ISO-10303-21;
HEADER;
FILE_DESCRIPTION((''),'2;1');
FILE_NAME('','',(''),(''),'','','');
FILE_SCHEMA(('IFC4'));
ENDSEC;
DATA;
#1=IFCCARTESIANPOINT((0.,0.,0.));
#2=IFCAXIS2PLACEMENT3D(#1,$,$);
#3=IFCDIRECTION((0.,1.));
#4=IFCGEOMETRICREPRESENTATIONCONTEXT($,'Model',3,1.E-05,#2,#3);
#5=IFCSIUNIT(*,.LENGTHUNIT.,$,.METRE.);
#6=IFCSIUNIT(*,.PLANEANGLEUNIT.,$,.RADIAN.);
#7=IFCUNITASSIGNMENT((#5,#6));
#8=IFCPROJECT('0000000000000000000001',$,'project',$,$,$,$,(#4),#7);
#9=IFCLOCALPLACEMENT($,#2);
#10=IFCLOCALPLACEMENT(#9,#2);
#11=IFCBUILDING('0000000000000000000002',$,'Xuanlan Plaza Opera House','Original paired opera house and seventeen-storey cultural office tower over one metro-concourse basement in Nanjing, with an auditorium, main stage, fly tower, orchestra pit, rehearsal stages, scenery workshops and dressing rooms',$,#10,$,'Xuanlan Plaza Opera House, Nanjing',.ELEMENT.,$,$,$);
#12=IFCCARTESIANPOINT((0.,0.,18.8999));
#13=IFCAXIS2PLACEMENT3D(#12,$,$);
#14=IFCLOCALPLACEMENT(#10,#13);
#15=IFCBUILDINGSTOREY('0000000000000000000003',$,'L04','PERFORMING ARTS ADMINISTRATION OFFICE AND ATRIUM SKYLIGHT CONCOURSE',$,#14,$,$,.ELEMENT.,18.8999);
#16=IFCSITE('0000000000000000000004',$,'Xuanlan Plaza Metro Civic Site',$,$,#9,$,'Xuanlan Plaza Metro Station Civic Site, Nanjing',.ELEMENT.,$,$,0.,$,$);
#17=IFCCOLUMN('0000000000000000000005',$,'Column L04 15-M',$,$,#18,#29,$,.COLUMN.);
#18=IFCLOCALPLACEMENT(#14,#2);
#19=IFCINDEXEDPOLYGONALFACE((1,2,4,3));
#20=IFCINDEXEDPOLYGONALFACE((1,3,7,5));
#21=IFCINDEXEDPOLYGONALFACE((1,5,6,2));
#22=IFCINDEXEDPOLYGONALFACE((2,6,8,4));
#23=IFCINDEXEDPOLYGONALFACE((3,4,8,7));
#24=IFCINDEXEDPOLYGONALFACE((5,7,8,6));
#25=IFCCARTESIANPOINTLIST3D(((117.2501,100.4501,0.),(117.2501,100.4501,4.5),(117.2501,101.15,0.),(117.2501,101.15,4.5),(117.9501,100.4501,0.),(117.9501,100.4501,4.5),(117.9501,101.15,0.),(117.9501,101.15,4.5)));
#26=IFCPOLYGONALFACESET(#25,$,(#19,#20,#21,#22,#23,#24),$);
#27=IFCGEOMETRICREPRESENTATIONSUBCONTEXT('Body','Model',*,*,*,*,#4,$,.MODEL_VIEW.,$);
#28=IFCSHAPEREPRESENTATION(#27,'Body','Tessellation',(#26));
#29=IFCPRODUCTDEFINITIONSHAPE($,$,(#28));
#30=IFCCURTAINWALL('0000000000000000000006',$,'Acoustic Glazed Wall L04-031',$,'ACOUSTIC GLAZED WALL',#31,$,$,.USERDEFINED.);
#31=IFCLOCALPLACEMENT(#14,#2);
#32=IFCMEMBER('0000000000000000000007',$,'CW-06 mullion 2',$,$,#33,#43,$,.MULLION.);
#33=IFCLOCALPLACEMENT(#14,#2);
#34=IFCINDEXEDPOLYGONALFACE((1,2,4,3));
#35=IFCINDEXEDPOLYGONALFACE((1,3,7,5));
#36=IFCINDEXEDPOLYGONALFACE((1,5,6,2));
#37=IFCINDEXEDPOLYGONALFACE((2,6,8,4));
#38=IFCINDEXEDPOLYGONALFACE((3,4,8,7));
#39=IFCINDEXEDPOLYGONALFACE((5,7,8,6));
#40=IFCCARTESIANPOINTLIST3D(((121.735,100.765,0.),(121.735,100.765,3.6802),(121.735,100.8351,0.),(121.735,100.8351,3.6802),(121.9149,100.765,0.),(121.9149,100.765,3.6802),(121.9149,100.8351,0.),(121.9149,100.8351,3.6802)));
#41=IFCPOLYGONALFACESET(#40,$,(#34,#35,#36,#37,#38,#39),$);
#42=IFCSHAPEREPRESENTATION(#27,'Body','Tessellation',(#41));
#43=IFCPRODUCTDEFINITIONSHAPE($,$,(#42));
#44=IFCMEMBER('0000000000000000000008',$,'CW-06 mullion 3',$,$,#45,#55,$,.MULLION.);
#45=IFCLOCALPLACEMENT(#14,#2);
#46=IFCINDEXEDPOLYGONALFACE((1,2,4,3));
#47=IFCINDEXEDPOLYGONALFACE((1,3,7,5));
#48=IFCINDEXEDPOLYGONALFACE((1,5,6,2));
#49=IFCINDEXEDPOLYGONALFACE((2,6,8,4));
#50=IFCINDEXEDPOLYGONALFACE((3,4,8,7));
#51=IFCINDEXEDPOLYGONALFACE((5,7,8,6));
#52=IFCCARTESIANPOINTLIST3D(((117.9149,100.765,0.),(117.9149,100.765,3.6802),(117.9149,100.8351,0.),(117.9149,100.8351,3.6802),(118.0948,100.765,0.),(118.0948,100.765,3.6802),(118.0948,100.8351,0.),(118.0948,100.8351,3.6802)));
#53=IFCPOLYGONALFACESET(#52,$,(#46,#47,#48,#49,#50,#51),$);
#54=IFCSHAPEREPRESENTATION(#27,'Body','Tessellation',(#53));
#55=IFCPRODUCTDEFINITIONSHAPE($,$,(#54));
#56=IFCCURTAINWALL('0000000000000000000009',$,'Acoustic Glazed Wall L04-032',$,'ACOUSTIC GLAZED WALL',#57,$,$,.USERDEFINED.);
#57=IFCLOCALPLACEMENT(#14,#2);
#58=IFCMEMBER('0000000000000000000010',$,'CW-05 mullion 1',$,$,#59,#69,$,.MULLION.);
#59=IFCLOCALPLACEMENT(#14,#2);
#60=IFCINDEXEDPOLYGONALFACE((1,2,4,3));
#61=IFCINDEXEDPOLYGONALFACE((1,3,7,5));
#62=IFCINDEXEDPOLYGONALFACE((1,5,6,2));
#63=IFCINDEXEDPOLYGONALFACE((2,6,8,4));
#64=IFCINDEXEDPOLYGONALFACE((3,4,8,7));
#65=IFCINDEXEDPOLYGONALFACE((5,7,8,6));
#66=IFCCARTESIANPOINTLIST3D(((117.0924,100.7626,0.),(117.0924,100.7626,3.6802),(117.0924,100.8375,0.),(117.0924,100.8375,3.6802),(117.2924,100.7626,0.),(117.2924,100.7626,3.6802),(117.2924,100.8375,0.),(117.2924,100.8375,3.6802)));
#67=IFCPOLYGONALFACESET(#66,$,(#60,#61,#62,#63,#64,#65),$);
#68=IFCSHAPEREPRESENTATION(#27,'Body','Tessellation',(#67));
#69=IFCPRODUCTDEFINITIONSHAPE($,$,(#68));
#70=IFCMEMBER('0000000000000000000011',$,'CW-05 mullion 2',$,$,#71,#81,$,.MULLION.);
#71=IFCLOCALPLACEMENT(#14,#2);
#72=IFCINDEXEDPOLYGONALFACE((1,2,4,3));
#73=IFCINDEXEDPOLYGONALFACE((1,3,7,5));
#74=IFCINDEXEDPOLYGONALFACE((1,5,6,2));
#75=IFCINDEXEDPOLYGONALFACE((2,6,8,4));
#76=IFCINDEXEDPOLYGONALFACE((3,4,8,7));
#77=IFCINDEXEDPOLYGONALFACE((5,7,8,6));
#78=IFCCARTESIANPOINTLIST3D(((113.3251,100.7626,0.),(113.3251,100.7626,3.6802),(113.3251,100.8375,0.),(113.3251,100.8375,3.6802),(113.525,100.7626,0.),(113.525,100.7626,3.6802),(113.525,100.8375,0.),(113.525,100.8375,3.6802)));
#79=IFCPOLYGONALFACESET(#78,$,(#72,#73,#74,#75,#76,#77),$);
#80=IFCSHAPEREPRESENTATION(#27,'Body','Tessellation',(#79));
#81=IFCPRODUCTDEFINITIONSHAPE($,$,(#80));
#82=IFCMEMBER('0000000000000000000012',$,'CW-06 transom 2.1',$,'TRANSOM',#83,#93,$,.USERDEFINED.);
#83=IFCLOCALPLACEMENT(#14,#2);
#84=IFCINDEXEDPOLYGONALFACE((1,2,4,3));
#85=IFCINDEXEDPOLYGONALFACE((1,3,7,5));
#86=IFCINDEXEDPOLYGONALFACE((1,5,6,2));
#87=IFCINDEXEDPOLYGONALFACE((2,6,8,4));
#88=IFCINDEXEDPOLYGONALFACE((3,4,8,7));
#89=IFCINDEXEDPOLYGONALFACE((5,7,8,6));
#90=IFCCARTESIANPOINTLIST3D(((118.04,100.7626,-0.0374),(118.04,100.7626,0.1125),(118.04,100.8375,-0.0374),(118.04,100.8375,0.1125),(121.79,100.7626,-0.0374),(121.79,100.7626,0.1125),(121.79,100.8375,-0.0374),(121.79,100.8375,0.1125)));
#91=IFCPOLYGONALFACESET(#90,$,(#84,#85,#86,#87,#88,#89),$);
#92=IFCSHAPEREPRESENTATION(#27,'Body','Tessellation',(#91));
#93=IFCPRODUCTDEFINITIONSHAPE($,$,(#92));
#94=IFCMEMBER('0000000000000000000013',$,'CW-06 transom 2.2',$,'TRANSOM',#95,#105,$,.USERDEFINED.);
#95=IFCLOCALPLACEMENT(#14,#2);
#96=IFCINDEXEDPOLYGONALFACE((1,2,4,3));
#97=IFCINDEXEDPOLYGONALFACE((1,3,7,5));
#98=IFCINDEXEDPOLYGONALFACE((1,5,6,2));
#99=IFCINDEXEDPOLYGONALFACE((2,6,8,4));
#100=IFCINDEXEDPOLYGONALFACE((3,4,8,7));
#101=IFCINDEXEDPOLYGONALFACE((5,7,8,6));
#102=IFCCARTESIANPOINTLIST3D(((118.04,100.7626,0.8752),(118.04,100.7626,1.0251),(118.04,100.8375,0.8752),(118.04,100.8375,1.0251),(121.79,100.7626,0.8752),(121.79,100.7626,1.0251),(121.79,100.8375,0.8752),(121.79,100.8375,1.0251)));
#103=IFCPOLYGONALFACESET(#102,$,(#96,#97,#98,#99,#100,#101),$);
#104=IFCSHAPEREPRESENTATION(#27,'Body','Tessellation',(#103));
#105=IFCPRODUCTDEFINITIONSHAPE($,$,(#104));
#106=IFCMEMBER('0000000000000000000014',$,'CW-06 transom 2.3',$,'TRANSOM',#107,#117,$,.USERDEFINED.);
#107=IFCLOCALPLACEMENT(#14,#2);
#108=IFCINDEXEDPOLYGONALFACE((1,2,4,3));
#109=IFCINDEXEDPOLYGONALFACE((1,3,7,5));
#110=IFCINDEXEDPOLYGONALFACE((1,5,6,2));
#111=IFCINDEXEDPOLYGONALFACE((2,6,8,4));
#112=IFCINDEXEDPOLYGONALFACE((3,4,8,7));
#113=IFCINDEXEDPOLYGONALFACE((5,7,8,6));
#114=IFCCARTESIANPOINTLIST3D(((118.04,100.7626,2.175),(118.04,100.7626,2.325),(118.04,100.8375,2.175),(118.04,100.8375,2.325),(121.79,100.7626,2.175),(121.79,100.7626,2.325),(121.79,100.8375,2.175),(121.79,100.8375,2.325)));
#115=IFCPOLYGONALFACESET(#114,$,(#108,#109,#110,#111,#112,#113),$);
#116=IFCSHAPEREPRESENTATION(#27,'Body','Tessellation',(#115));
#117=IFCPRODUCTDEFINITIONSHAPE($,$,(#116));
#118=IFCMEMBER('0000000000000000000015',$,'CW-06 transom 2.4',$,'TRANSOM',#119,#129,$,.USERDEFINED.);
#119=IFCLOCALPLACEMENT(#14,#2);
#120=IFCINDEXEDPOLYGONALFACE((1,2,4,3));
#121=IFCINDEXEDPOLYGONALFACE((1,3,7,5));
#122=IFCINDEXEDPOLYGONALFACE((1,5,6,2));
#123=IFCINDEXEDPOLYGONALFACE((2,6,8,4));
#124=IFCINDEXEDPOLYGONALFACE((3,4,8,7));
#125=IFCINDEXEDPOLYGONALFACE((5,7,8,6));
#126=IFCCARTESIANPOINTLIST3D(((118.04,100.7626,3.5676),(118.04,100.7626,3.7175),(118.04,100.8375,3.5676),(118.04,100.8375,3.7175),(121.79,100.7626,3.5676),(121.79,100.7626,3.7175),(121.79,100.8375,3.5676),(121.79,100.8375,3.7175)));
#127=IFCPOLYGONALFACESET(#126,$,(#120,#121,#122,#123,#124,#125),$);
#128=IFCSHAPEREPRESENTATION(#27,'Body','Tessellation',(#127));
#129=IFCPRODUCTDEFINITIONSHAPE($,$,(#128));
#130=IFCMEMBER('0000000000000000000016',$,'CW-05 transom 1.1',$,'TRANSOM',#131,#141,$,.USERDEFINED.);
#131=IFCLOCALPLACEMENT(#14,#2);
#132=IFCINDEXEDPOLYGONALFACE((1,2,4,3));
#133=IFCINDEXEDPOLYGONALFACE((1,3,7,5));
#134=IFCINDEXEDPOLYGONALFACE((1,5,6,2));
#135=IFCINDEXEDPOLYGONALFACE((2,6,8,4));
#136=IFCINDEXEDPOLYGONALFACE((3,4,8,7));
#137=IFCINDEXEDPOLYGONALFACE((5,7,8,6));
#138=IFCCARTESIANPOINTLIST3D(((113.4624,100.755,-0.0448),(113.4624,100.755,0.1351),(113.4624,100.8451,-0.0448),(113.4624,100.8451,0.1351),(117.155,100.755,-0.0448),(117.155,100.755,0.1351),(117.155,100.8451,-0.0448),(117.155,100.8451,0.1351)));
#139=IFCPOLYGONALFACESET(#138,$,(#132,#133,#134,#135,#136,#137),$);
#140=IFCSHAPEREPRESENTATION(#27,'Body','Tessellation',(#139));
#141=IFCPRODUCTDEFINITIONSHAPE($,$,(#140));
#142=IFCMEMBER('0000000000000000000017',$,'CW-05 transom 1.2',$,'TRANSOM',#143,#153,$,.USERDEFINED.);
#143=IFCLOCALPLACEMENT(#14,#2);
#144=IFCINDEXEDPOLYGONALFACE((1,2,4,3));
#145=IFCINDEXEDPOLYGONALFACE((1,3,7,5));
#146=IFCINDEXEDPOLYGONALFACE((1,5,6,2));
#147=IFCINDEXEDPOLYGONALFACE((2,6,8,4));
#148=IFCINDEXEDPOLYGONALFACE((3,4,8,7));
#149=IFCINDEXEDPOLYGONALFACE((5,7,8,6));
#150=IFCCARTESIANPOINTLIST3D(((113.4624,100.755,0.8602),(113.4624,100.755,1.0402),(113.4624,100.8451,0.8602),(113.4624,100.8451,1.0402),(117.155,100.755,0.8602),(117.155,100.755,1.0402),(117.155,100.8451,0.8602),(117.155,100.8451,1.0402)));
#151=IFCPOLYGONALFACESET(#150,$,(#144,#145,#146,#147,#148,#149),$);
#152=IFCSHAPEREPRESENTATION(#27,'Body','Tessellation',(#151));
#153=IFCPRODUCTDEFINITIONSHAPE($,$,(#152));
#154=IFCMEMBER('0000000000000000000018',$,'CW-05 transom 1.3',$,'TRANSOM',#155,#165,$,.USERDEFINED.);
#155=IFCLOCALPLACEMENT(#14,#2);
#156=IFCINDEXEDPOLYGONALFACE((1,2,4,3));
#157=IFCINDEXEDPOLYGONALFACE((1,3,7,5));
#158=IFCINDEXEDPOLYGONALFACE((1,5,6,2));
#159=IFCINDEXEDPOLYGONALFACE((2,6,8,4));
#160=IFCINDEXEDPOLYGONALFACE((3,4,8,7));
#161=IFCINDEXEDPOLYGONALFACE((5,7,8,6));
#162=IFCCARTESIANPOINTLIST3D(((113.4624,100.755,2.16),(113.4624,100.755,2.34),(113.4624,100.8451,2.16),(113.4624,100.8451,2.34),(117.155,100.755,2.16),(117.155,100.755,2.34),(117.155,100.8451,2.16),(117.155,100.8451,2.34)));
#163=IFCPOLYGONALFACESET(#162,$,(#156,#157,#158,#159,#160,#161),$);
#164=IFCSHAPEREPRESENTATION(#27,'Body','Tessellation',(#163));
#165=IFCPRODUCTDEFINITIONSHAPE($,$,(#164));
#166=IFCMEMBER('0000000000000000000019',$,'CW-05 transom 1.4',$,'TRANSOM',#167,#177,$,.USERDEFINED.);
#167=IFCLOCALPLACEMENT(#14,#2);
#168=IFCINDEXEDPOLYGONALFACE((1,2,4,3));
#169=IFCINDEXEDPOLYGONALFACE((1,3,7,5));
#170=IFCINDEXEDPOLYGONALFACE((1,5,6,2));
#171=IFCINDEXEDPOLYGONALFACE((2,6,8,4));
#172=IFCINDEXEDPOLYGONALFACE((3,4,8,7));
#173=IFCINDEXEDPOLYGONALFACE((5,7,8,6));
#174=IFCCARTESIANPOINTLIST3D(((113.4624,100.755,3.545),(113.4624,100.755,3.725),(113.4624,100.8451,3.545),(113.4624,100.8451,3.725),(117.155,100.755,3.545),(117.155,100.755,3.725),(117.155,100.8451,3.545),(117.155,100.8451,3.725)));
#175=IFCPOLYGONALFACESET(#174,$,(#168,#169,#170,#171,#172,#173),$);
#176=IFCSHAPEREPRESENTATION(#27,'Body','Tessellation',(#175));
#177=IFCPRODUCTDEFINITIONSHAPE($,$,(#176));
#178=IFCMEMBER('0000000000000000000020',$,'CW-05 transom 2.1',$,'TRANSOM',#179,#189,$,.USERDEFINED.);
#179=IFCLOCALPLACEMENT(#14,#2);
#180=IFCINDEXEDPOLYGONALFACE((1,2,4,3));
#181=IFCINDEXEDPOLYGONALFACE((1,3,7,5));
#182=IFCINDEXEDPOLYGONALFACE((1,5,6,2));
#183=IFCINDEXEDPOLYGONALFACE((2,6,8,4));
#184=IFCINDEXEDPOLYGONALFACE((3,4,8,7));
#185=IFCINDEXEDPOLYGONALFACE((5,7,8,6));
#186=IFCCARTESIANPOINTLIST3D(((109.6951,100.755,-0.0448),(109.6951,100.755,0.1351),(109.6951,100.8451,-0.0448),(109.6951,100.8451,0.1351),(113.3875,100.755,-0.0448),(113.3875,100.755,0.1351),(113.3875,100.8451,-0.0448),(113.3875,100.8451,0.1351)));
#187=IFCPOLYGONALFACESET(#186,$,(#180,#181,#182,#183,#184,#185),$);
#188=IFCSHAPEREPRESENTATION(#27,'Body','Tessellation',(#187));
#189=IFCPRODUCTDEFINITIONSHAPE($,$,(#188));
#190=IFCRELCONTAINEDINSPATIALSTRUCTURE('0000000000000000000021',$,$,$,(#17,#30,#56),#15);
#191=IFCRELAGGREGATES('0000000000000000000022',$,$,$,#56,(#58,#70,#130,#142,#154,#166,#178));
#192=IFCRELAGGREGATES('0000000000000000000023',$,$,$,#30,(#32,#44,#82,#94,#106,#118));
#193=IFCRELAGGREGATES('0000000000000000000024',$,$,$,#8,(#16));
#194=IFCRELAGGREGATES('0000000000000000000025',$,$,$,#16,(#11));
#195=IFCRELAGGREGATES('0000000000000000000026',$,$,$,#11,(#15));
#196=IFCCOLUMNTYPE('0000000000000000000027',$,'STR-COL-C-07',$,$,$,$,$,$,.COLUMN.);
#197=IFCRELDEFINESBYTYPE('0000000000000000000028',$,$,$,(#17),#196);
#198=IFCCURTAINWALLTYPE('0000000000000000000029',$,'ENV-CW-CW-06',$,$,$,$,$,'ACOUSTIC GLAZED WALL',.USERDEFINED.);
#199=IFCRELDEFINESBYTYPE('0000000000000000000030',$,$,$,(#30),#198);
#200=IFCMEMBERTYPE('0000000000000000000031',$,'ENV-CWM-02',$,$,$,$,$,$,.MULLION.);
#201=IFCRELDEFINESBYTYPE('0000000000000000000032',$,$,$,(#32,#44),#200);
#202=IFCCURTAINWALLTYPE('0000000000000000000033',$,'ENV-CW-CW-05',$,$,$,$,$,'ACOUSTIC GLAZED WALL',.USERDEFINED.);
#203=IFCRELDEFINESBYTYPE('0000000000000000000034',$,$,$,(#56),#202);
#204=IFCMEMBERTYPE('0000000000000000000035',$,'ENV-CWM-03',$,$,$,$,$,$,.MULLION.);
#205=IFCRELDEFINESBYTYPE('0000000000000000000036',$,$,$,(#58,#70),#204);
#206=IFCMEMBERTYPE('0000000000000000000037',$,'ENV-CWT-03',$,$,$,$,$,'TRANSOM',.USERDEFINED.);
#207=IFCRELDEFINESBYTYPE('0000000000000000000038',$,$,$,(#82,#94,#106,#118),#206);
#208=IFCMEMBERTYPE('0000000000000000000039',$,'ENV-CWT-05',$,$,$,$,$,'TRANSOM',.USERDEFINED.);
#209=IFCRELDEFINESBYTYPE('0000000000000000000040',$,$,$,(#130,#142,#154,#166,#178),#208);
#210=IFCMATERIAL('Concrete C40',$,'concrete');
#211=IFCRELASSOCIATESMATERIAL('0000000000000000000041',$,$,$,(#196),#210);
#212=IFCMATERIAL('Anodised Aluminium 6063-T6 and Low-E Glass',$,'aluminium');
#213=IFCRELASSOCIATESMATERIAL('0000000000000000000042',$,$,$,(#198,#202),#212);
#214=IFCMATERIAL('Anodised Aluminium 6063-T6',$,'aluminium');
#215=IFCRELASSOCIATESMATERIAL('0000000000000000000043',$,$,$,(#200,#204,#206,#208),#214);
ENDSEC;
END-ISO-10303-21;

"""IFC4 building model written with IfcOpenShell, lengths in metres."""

from ifc_helpers import new_model, si_unit, direction, frame, origin, origin_2d, place, context, subcontext, project, spatial, rectangle, extrude, material, material_profile, profile_set, type_object, element, aggregate, save


model = new_model("IFC4")

# Units and contexts
model_context = context("Model", 3, precision=1e-05, world=origin(), true_north=direction((0.0, 1.0)))
body_context = subcontext(model_context, "Body", "Model", "MODEL_VIEW")
ifc_project = project(units=[si_unit("LENGTHUNIT", "METRE"), si_unit("PLANEANGLEUNIT", "RADIAN")], contexts=[model_context])

# Site, building, storey
site_placement = place(None, origin())
site = spatial("IfcSite", under=ifc_project, at=site_placement, Name="Xuanlan Plaza Metro Civic Site", LongName="Xuanlan Plaza Metro Station Civic Site, Nanjing", CompositionType="ELEMENT", RefElevation=0.0)
building_placement = place(site_placement, origin())
building = spatial("IfcBuilding", under=site, at=building_placement, Name="Xuanlan Plaza Opera House", Description="Original paired opera house and seventeen-storey cultural office tower over one metro-concourse basement in Nanjing, with an auditorium, main stage, fly tower, orchestra pit, rehearsal stages, scenery workshops and dressing rooms", LongName="Xuanlan Plaza Opera House, Nanjing", CompositionType="ELEMENT")
storey_placement = place(building_placement, frame((0.0, 0.0, 18.8999)))
storey = spatial("IfcBuildingStorey", under=building, at=storey_placement, Name="L04", Description="PERFORMING ARTS ADMINISTRATION OFFICE AND ATRIUM SKYLIGHT CONCOURSE", CompositionType="ELEMENT", Elevation=18.8999)

# Column
ifc_material_1 = material(Name="Concrete C40", Category="concrete")
ifc_material_profile_1 = material_profile(ifc_material_1, rectangle(XDim=0.7, YDim=0.7, at=origin_2d()), Name="RC-COL 700x700")
ifc_profile_set_1 = profile_set([ifc_material_profile_1], Name="Concrete C40")
column_type = type_object("IfcColumnType", Name="STR-COL-C-07", PredefinedType="COLUMN", material=ifc_profile_set_1)
column_placement = place(storey_placement, frame((117.6001, 100.8, 0.0), z_axis=(0.0, 0.0, 1.0), x_axis=(1.0, 0.0, 0.0)))
element("IfcColumn", 1, at=column_placement, inside=storey, type_object=column_type, Name="Column L04 15-M", PredefinedType="COLUMN", context=body_context, shape_type="SweptSolid", body=[
    extrude(rectangle(XDim=0.7, YDim=0.7, at=origin_2d()), origin(), (0.0, 0.0, 1.0), 4.5),
])

# Curtain walls, members
ifc_material_2 = material(Name="Anodised Aluminium 6063-T6 and Low-E Glass", Category="aluminium")
curtain_wall_type_1 = type_object("IfcCurtainWallType", Name="ENV-CW-CW-06", ElementType="ACOUSTIC GLAZED WALL", PredefinedType="USERDEFINED", material=ifc_material_2)
curtain_wall_1_placement = place(storey_placement, origin())
curtain_wall_1 = element("IfcCurtainWall", 2, at=curtain_wall_1_placement, inside=storey, type_object=curtain_wall_type_1, Name="Acoustic Glazed Wall L04-031", ObjectType="ACOUSTIC GLAZED WALL", PredefinedType="USERDEFINED")
ifc_material_3 = material(Name="Anodised Aluminium 6063-T6", Category="aluminium")
ifc_material_profile_2 = material_profile(ifc_material_3, rectangle(XDim=0.0701, YDim=0.1799, at=origin_2d()), Name="ALU-M 70x180")
ifc_profile_set_2 = profile_set([ifc_material_profile_2], Name="Anodised Aluminium 6063-T6")
member_type_1 = type_object("IfcMemberType", Name="ENV-CWM-02", PredefinedType="MULLION", material=ifc_profile_set_2)
member_1_placement = place(storey_placement, frame((121.825, 100.8, 0.0), z_axis=(0.0, 0.0, 1.0), x_axis=(0.0, -1.0, 0.0)))
member_1 = element("IfcMember", 3, at=member_1_placement, type_object=member_type_1, Name="CW-06 mullion 2", PredefinedType="MULLION", context=body_context, shape_type="SweptSolid", body=[
    extrude(rectangle(XDim=0.0701, YDim=0.1799, at=origin_2d()), origin(), (0.0, 0.0, 1.0), 3.6802),
])
member_2_placement = place(storey_placement, frame((118.0049, 100.8, 0.0), z_axis=(0.0, 0.0, 1.0), x_axis=(0.0, -1.0, 0.0)))
member_2 = element("IfcMember", 4, at=member_2_placement, type_object=member_type_1, Name="CW-06 mullion 3", PredefinedType="MULLION", context=body_context, shape_type="SweptSolid", body=[
    extrude(rectangle(XDim=0.0701, YDim=0.1799, at=origin_2d()), origin(), (0.0, 0.0, 1.0), 3.6802),
])
curtain_wall_type_2 = type_object("IfcCurtainWallType", Name="ENV-CW-CW-05", ElementType="ACOUSTIC GLAZED WALL", PredefinedType="USERDEFINED", material=ifc_material_2)
curtain_wall_2_placement = place(storey_placement, origin())
curtain_wall_2 = element("IfcCurtainWall", 5, at=curtain_wall_2_placement, inside=storey, type_object=curtain_wall_type_2, Name="Acoustic Glazed Wall L04-032", ObjectType="ACOUSTIC GLAZED WALL", PredefinedType="USERDEFINED")
ifc_material_profile_3 = material_profile(ifc_material_3, rectangle(XDim=0.075, YDim=0.2, at=origin_2d()), Name="ALU-M 75x200")
ifc_profile_set_3 = profile_set([ifc_material_profile_3], Name="Anodised Aluminium 6063-T6")
member_type_2 = type_object("IfcMemberType", Name="ENV-CWM-03", PredefinedType="MULLION", material=ifc_profile_set_3)
member_3_placement = place(storey_placement, frame((117.1924, 100.8, 0.0), z_axis=(0.0, 0.0, 1.0), x_axis=(0.0, -1.0, 0.0)))
member_3 = element("IfcMember", 6, at=member_3_placement, type_object=member_type_2, Name="CW-05 mullion 1", PredefinedType="MULLION", context=body_context, shape_type="SweptSolid", body=[
    extrude(rectangle(XDim=0.075, YDim=0.2, at=origin_2d()), origin(), (0.0, 0.0, 1.0), 3.6802),
])
member_4_placement = place(storey_placement, frame((113.425, 100.8, 0.0), z_axis=(0.0, 0.0, 1.0), x_axis=(0.0, -1.0, 0.0)))
member_4 = element("IfcMember", 7, at=member_4_placement, type_object=member_type_2, Name="CW-05 mullion 2", PredefinedType="MULLION", context=body_context, shape_type="SweptSolid", body=[
    extrude(rectangle(XDim=0.075, YDim=0.2, at=origin_2d()), origin(), (0.0, 0.0, 1.0), 3.6802),
])

# Members
ifc_material_profile_4 = material_profile(ifc_material_3, rectangle(XDim=0.075, YDim=0.1499, at=origin_2d()), Name="ALU-T 75x150")
ifc_profile_set_4 = profile_set([ifc_material_profile_4], Name="Anodised Aluminium 6063-T6")
member_type_3 = type_object("IfcMemberType", Name="ENV-CWT-03", ElementType="TRANSOM", PredefinedType="USERDEFINED", material=ifc_profile_set_4)
member_5_placement = place(storey_placement, frame((121.79, 100.8, 0.0376), z_axis=(-1.0, 0.0, 0.0), x_axis=(0.0, -1.0, 0.0)))
member_5 = element("IfcMember", 8, at=member_5_placement, type_object=member_type_3, Name="CW-06 transom 2.1", ObjectType="TRANSOM", PredefinedType="USERDEFINED", context=body_context, shape_type="SweptSolid", body=[
    extrude(rectangle(XDim=0.075, YDim=0.1499, at=origin_2d()), origin(), (0.0, 0.0, 1.0), 3.75),
])
member_6_placement = place(storey_placement, frame((121.79, 100.8, 0.9502), z_axis=(-1.0, 0.0, 0.0), x_axis=(0.0, -1.0, 0.0)))
member_6 = element("IfcMember", 9, at=member_6_placement, type_object=member_type_3, Name="CW-06 transom 2.2", ObjectType="TRANSOM", PredefinedType="USERDEFINED", context=body_context, shape_type="SweptSolid", body=[
    extrude(rectangle(XDim=0.075, YDim=0.1499, at=origin_2d()), origin(), (0.0, 0.0, 1.0), 3.75),
])
member_7_placement = place(storey_placement, frame((121.79, 100.8, 2.25), z_axis=(-1.0, 0.0, 0.0), x_axis=(0.0, -1.0, 0.0)))
member_7 = element("IfcMember", 10, at=member_7_placement, type_object=member_type_3, Name="CW-06 transom 2.3", ObjectType="TRANSOM", PredefinedType="USERDEFINED", context=body_context, shape_type="SweptSolid", body=[
    extrude(rectangle(XDim=0.075, YDim=0.1499, at=origin_2d()), origin(), (0.0, 0.0, 1.0), 3.75),
])
member_8_placement = place(storey_placement, frame((121.79, 100.8, 3.6426), z_axis=(-1.0, 0.0, 0.0), x_axis=(0.0, -1.0, 0.0)))
member_8 = element("IfcMember", 11, at=member_8_placement, type_object=member_type_3, Name="CW-06 transom 2.4", ObjectType="TRANSOM", PredefinedType="USERDEFINED", context=body_context, shape_type="SweptSolid", body=[
    extrude(rectangle(XDim=0.075, YDim=0.1499, at=origin_2d()), origin(), (0.0, 0.0, 1.0), 3.75),
])
ifc_material_profile_5 = material_profile(ifc_material_3, rectangle(XDim=0.0901, YDim=0.1799, at=origin_2d()), Name="ALU-T 90x180")
ifc_profile_set_5 = profile_set([ifc_material_profile_5], Name="Anodised Aluminium 6063-T6")
member_type_4 = type_object("IfcMemberType", Name="ENV-CWT-05", ElementType="TRANSOM", PredefinedType="USERDEFINED", material=ifc_profile_set_5)
member_9_placement = place(storey_placement, frame((117.155, 100.8, 0.0452), z_axis=(-1.0, 0.0, 0.0), x_axis=(0.0, -1.0, 0.0)))
member_9 = element("IfcMember", 12, at=member_9_placement, type_object=member_type_4, Name="CW-05 transom 1.1", ObjectType="TRANSOM", PredefinedType="USERDEFINED", context=body_context, shape_type="SweptSolid", body=[
    extrude(rectangle(XDim=0.0901, YDim=0.1799, at=origin_2d()), origin(), (0.0, 0.0, 1.0), 3.6926),
])
member_10_placement = place(storey_placement, frame((117.155, 100.8, 0.9502), z_axis=(-1.0, 0.0, 0.0), x_axis=(0.0, -1.0, 0.0)))
member_10 = element("IfcMember", 13, at=member_10_placement, type_object=member_type_4, Name="CW-05 transom 1.2", ObjectType="TRANSOM", PredefinedType="USERDEFINED", context=body_context, shape_type="SweptSolid", body=[
    extrude(rectangle(XDim=0.0901, YDim=0.1799, at=origin_2d()), origin(), (0.0, 0.0, 1.0), 3.6926),
])
member_11_placement = place(storey_placement, frame((117.155, 100.8, 2.25), z_axis=(-1.0, 0.0, 0.0), x_axis=(0.0, -1.0, 0.0)))
member_11 = element("IfcMember", 14, at=member_11_placement, type_object=member_type_4, Name="CW-05 transom 1.3", ObjectType="TRANSOM", PredefinedType="USERDEFINED", context=body_context, shape_type="SweptSolid", body=[
    extrude(rectangle(XDim=0.0901, YDim=0.1799, at=origin_2d()), origin(), (0.0, 0.0, 1.0), 3.6926),
])
member_12_placement = place(storey_placement, frame((117.155, 100.8, 3.635), z_axis=(-1.0, 0.0, 0.0), x_axis=(0.0, -1.0, 0.0)))
member_12 = element("IfcMember", 15, at=member_12_placement, type_object=member_type_4, Name="CW-05 transom 1.4", ObjectType="TRANSOM", PredefinedType="USERDEFINED", context=body_context, shape_type="SweptSolid", body=[
    extrude(rectangle(XDim=0.0901, YDim=0.1799, at=origin_2d()), origin(), (0.0, 0.0, 1.0), 3.6926),
])
member_13_placement = place(storey_placement, frame((113.3875, 100.8, 0.0452), z_axis=(-1.0, 0.0, 0.0), x_axis=(0.0, -1.0, 0.0)))
member_13 = element("IfcMember", 16, at=member_13_placement, type_object=member_type_4, Name="CW-05 transom 2.1", ObjectType="TRANSOM", PredefinedType="USERDEFINED", context=body_context, shape_type="SweptSolid", body=[
    extrude(rectangle(XDim=0.0901, YDim=0.1799, at=origin_2d()), origin(), (0.0, 0.0, 1.0), 3.6924),
])

aggregate(curtain_wall_2, [member_3, member_4, member_9, member_10, member_11, member_12, member_13])
aggregate(curtain_wall_1, [member_1, member_2, member_5, member_6, member_7, member_8])

save(model, "model.ifc")
